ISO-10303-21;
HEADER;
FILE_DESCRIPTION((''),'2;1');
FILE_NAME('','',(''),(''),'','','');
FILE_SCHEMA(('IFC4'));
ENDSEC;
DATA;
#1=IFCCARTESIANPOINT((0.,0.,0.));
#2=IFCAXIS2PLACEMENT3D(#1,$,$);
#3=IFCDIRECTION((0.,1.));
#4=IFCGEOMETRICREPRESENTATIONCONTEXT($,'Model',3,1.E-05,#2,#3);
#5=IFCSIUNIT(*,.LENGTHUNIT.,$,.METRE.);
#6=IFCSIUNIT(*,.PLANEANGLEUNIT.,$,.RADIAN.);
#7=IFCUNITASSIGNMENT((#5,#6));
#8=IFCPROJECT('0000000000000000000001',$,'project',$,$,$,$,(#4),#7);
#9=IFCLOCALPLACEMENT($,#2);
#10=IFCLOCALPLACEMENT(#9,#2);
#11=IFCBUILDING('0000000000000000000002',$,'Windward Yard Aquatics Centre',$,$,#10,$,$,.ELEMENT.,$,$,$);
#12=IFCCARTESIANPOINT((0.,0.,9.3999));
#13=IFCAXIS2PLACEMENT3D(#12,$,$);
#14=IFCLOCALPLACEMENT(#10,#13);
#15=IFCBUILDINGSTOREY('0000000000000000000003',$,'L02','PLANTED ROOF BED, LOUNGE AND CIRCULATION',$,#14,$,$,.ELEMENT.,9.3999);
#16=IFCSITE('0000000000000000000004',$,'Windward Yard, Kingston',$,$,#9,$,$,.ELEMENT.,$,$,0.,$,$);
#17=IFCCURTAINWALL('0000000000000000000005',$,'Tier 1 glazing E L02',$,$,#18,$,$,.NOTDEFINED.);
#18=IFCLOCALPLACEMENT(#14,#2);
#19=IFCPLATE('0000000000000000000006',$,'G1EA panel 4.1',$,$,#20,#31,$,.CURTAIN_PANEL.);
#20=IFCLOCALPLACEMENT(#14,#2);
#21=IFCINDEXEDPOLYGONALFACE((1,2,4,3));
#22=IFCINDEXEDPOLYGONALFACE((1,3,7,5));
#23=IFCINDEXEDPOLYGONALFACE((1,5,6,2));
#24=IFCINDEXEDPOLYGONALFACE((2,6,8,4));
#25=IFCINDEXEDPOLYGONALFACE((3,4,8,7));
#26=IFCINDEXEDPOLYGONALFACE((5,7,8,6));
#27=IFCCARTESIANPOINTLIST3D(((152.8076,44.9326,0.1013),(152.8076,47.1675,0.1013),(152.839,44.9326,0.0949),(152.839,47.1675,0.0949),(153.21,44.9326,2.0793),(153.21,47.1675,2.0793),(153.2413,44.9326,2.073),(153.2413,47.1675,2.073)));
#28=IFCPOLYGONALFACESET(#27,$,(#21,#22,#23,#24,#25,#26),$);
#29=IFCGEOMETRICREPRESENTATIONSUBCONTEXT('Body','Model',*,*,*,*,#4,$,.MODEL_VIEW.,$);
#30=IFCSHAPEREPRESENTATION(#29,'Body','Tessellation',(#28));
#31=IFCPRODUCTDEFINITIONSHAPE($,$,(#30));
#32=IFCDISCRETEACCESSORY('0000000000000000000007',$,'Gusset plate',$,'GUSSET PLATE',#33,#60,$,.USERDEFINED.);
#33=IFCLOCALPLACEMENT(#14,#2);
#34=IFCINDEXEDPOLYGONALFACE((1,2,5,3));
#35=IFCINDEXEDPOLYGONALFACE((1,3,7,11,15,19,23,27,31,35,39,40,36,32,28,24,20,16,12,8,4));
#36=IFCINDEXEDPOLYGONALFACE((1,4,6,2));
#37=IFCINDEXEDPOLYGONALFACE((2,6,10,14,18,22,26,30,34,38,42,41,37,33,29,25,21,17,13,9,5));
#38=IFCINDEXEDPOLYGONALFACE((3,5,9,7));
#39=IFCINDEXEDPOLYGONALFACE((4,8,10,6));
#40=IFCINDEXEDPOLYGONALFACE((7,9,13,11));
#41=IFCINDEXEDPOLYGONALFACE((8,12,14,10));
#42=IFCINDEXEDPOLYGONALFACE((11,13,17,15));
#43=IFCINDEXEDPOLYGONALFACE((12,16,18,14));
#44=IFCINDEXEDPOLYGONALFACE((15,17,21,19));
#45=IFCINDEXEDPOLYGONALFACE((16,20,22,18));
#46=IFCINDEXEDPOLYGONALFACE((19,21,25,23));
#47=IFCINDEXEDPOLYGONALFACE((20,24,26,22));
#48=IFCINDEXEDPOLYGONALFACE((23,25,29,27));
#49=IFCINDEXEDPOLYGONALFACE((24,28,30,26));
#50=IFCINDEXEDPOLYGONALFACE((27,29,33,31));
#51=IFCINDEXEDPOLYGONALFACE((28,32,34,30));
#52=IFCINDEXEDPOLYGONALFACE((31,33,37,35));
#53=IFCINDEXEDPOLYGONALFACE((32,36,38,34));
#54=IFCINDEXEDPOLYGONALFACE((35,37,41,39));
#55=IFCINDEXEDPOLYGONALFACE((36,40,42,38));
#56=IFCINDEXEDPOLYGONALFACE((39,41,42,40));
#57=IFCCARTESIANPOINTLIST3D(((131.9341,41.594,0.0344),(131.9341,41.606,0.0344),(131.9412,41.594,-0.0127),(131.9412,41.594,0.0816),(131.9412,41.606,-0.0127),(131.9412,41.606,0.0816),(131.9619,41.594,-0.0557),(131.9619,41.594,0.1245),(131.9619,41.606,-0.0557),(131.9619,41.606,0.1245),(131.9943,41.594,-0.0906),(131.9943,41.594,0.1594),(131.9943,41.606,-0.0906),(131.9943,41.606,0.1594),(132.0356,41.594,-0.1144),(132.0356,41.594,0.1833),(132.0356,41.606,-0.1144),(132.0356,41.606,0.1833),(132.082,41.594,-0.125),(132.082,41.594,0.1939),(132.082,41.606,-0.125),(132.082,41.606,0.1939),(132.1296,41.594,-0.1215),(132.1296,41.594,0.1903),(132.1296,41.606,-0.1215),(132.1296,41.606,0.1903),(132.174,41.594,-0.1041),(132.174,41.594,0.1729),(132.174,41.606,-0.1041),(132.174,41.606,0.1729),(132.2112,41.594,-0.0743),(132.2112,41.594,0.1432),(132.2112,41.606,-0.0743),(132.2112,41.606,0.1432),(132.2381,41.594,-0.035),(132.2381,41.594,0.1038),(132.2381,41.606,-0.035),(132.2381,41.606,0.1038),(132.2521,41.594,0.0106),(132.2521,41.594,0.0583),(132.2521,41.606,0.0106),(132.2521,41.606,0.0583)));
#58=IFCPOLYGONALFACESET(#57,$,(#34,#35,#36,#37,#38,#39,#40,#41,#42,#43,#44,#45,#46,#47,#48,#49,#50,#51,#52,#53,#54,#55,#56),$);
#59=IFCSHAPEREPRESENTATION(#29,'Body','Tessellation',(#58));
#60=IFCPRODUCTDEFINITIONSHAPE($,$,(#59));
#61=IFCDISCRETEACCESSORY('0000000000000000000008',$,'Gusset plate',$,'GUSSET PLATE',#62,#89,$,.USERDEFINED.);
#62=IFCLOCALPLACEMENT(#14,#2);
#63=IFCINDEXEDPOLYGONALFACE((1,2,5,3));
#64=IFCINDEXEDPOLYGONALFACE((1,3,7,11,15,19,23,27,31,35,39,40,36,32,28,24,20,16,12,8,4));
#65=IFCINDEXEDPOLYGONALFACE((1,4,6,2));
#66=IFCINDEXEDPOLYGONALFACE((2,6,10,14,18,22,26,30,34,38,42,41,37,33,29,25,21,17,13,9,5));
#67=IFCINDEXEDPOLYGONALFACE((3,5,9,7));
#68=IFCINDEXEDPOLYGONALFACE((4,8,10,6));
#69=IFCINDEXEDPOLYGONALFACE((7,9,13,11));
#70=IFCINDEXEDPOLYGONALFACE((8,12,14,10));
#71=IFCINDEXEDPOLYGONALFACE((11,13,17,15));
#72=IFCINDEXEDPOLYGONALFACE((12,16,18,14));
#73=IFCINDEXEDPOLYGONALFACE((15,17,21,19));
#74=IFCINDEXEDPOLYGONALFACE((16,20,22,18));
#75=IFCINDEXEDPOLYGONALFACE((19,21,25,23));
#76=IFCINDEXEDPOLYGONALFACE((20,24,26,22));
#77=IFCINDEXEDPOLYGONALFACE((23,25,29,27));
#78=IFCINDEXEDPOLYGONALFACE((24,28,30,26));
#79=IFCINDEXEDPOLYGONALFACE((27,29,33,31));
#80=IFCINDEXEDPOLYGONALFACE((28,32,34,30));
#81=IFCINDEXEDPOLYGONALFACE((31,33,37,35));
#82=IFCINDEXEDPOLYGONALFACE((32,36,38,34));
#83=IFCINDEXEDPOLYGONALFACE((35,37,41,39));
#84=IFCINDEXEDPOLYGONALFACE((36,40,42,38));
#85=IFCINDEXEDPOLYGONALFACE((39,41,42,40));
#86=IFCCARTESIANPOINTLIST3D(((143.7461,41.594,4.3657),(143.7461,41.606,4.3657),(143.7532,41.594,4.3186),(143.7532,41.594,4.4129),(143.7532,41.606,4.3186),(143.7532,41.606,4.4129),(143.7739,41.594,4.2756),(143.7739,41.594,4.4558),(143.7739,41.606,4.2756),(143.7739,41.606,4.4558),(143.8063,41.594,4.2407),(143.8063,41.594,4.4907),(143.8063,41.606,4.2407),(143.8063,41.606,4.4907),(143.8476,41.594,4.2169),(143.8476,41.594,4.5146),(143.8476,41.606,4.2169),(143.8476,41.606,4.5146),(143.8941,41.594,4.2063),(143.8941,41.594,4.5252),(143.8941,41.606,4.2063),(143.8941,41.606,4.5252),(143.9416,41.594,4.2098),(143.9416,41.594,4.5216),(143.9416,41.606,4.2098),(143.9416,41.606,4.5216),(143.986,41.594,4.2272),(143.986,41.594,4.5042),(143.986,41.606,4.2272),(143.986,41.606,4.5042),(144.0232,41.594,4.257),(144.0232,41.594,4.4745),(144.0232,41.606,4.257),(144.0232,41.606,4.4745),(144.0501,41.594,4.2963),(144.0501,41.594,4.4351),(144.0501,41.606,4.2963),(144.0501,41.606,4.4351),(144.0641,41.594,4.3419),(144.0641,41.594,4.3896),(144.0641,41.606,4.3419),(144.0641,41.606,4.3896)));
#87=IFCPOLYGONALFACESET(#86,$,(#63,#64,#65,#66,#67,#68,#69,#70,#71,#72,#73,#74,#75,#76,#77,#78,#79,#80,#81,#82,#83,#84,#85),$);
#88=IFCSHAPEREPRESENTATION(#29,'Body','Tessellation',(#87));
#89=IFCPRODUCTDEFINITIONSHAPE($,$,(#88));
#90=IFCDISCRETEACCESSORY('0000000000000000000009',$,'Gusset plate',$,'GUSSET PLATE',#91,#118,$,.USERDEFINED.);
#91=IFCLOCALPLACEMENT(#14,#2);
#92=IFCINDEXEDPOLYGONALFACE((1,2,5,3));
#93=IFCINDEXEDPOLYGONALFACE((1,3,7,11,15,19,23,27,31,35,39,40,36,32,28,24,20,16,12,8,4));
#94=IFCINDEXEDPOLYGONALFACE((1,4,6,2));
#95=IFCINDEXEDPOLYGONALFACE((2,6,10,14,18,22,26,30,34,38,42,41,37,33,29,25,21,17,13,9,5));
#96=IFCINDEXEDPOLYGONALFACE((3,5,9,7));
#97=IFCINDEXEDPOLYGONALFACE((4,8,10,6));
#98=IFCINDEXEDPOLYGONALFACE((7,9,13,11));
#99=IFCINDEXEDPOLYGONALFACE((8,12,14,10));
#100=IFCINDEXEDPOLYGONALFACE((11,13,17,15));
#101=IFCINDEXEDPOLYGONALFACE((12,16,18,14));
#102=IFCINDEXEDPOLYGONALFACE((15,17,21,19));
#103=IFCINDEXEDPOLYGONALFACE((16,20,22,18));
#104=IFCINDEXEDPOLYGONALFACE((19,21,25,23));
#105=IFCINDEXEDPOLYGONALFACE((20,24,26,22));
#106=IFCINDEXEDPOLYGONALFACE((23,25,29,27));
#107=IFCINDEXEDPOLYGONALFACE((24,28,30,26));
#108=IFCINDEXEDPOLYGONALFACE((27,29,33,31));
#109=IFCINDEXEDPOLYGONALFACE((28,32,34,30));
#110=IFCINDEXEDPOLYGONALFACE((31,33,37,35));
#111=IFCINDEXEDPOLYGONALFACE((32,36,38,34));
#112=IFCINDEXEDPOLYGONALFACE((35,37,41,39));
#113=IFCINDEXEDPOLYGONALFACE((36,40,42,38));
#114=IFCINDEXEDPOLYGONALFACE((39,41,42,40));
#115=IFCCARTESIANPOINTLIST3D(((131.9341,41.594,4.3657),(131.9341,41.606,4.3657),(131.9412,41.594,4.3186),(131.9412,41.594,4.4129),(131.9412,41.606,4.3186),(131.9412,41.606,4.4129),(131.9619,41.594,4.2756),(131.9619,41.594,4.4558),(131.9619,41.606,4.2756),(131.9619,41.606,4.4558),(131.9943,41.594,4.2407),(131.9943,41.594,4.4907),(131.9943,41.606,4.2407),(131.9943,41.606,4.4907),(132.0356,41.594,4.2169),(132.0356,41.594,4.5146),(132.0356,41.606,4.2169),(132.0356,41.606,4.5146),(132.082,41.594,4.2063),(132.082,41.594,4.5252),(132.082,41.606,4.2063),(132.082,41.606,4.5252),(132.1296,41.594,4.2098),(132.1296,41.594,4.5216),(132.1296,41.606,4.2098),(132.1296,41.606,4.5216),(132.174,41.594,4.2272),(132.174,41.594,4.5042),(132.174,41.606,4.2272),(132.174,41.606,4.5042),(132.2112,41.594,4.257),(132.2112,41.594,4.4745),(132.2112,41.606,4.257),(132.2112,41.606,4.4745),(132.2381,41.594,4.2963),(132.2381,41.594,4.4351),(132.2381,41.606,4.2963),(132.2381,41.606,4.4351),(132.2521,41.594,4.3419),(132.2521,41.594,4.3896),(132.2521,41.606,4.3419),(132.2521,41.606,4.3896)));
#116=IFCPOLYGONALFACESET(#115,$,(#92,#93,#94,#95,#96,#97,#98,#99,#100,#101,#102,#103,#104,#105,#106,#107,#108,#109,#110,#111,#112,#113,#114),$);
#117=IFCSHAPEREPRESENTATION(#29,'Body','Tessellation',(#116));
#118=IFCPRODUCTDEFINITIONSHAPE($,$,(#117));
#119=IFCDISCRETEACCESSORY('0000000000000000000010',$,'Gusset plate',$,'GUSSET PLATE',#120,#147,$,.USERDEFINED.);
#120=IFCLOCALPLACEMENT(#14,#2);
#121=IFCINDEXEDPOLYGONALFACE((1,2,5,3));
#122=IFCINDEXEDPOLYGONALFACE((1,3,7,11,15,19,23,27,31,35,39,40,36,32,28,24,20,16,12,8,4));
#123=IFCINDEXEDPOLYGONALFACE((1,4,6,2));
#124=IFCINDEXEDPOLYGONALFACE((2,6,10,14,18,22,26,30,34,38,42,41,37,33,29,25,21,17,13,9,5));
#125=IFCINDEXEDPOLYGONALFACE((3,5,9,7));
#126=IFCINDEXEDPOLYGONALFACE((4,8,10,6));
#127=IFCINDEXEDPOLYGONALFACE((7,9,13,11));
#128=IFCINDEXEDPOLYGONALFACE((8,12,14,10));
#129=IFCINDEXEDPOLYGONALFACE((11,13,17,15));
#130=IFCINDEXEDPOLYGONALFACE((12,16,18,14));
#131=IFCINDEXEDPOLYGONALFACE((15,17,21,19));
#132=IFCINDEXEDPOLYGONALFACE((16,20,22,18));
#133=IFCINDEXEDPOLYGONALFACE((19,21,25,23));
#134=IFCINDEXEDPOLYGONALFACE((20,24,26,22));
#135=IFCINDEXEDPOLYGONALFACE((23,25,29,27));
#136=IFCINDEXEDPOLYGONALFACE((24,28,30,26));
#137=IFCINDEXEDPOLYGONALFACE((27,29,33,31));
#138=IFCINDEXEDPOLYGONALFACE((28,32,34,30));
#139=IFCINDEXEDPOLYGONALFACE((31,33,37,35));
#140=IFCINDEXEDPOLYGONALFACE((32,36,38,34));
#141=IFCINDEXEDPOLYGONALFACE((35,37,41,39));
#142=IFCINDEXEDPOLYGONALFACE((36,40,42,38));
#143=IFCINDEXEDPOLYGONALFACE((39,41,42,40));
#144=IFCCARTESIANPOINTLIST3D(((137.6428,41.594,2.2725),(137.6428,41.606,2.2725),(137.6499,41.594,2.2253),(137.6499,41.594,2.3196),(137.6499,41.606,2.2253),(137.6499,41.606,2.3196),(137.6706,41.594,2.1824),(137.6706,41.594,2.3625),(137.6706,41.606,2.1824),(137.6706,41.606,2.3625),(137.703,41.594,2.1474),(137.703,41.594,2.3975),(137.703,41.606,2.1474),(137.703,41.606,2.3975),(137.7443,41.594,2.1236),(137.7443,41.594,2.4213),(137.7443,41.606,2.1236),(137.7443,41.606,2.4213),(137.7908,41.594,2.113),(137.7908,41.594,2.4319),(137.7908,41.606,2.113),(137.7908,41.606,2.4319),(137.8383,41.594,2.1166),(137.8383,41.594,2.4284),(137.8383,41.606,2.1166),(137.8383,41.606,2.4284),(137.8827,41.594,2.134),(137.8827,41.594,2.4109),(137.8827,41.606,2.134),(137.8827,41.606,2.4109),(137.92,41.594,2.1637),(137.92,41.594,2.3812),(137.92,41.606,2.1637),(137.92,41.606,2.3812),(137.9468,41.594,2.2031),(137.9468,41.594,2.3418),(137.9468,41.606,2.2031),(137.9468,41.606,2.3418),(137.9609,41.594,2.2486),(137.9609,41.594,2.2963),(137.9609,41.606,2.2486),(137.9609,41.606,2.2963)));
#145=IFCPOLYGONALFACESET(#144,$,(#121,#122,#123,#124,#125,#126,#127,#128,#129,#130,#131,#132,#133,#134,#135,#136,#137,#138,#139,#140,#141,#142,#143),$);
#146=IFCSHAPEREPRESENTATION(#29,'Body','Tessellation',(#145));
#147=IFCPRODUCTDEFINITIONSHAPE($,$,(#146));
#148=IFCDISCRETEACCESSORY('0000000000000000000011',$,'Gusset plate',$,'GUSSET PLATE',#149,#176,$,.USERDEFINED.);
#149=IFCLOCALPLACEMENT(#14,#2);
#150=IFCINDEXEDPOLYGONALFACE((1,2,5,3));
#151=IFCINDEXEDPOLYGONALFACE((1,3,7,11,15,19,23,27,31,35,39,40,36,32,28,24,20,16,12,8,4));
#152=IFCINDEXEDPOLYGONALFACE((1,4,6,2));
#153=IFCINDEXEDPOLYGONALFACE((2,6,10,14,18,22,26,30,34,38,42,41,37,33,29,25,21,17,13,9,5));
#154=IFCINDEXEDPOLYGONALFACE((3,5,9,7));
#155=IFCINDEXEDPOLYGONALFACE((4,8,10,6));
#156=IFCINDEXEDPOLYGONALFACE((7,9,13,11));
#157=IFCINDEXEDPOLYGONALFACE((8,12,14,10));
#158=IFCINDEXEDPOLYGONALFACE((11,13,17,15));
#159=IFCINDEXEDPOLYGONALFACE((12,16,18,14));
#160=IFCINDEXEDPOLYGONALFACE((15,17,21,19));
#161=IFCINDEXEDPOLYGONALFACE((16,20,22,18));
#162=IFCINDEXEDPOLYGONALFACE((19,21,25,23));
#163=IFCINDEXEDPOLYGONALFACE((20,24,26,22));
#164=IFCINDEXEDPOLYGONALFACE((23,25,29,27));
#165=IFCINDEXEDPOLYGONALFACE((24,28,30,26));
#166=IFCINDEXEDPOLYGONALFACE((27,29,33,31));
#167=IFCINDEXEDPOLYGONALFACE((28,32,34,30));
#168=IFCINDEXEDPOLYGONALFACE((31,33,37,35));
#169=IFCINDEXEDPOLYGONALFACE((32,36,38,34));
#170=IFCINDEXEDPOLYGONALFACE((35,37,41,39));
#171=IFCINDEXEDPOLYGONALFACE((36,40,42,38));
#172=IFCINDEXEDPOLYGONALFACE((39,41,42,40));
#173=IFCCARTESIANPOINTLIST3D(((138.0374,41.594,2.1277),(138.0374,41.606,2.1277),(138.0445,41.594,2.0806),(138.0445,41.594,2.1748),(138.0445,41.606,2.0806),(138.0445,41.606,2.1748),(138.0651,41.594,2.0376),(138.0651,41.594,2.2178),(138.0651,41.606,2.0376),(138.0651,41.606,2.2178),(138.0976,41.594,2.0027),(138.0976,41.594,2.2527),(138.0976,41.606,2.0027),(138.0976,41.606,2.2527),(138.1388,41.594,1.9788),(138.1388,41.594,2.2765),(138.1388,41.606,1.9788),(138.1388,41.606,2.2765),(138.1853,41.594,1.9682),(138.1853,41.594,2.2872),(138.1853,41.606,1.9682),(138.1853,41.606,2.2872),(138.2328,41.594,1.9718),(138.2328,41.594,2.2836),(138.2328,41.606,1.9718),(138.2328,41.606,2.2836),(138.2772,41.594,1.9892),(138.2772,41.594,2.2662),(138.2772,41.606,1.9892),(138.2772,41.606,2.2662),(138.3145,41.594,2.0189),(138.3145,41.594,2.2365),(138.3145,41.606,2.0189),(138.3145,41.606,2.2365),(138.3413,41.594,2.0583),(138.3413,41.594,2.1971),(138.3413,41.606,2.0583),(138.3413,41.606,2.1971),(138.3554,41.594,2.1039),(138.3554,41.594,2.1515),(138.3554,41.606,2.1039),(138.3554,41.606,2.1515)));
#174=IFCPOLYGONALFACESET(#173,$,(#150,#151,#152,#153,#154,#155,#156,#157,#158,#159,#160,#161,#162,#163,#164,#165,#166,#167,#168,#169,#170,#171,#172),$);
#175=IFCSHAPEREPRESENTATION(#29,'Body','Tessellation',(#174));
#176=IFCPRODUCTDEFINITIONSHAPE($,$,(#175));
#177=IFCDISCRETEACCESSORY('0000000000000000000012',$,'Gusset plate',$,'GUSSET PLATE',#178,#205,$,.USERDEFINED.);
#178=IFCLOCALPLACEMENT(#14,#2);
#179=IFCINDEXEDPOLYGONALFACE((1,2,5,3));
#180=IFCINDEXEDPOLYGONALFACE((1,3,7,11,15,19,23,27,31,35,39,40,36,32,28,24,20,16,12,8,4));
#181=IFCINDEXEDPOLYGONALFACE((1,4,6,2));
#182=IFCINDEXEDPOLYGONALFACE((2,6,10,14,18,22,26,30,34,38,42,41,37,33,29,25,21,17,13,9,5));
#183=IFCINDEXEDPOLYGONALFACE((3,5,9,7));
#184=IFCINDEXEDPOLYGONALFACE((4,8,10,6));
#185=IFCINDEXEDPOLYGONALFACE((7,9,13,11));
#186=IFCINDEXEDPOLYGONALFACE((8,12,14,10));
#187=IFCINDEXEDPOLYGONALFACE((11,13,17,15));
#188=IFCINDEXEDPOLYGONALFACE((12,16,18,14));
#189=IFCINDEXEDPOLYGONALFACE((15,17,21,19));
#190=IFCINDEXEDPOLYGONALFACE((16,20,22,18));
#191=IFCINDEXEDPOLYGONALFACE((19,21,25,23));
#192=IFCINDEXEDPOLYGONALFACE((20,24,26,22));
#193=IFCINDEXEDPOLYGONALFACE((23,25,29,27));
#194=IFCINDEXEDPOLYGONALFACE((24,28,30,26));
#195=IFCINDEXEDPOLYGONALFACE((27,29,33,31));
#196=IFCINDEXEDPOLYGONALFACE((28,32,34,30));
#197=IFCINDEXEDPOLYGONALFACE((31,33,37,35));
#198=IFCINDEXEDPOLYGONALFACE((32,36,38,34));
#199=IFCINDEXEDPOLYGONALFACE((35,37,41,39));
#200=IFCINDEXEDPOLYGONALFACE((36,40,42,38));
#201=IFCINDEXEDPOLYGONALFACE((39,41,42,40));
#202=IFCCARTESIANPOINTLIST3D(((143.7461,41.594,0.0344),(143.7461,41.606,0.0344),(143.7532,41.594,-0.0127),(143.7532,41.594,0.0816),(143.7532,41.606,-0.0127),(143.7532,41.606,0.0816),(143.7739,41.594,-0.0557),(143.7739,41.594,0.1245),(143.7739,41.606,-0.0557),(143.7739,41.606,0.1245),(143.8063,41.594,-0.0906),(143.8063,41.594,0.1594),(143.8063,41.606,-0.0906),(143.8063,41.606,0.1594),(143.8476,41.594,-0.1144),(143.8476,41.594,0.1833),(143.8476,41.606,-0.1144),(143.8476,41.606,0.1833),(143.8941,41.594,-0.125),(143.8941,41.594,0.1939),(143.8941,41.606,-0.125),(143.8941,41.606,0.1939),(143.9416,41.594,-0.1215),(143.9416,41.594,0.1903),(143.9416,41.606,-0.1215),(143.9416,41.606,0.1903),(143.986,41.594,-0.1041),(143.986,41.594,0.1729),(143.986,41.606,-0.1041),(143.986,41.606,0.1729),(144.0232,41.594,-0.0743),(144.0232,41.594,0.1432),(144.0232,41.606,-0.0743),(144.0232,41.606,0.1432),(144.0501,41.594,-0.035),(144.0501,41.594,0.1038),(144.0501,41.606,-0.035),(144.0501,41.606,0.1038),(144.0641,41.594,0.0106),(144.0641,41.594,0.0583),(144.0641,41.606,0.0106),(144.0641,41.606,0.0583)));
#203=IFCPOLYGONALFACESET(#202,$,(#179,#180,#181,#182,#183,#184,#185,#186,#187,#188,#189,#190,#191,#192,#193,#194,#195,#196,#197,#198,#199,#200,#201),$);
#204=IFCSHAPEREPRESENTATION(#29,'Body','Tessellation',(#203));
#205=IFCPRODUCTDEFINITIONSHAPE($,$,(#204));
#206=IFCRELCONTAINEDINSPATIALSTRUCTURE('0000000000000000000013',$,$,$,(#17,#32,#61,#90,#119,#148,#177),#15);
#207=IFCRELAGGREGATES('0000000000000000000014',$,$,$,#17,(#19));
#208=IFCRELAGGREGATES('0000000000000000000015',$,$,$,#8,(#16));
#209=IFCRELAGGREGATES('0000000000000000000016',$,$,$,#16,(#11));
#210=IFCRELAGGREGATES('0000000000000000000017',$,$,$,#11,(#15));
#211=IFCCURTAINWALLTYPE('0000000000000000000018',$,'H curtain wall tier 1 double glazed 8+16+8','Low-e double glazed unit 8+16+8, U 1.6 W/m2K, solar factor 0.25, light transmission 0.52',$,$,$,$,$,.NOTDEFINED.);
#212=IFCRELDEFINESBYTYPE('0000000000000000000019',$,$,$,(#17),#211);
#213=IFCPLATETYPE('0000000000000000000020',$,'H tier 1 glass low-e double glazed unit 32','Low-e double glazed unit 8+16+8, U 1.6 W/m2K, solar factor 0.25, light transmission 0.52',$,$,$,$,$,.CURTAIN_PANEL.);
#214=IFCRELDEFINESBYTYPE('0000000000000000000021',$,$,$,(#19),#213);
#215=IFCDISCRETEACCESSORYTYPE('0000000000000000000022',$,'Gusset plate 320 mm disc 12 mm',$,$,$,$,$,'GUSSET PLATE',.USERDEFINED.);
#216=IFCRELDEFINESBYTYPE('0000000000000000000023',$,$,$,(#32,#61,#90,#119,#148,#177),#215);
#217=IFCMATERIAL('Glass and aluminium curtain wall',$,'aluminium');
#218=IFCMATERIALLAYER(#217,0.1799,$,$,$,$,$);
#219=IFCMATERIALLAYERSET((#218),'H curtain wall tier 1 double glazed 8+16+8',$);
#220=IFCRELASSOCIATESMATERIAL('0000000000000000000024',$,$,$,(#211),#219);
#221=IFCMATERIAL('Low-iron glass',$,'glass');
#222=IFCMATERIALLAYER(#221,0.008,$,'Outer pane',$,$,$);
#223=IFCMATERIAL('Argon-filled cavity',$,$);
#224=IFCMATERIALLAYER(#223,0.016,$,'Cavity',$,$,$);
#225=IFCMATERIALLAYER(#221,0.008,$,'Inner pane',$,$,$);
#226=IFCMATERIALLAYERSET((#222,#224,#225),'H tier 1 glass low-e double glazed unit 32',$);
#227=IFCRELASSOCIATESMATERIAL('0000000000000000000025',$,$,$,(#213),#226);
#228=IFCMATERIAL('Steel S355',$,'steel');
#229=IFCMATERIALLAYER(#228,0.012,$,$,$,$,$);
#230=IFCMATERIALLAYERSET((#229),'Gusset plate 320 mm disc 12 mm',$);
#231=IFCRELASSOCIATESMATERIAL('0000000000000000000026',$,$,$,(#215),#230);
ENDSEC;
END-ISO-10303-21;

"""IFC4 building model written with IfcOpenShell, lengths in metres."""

from ifc_helpers import new_model, si_unit, direction, frame, origin, origin_2d, place, context, subcontext, project, spatial, polyline, circle, outline, extrude, material, layer, layer_set, type_object, element, aggregate, save


model = new_model("IFC4")

# Units and contexts
model_context = context("Model", 3, precision=1e-05, world=origin(), true_north=direction((0.0, 1.0)))
body_context = subcontext(model_context, "Body", "Model", "MODEL_VIEW")
ifc_project = project(units=[si_unit("LENGTHUNIT", "METRE"), si_unit("PLANEANGLEUNIT", "RADIAN")], contexts=[model_context])

# Site, building, storey
site_placement = place(None, origin())
site = spatial("IfcSite", under=ifc_project, at=site_placement, Name="Windward Yard, Kingston", CompositionType="ELEMENT", RefElevation=0.0)
building_placement = place(site_placement, origin())
building = spatial("IfcBuilding", under=site, at=building_placement, Name="Windward Yard Aquatics Centre", CompositionType="ELEMENT")
storey_placement = place(building_placement, frame((0.0, 0.0, 9.3999)))
storey = spatial("IfcBuildingStorey", under=building, at=storey_placement, Name="L02", Description="PLANTED ROOF BED, LOUNGE AND CIRCULATION", CompositionType="ELEMENT", Elevation=9.3999)

# Curtain wall
ifc_material_1 = material(Name="Glass and aluminium curtain wall", Category="aluminium")
ifc_layer_1 = layer(ifc_material_1, 0.1799)
ifc_layer_set_1 = layer_set([ifc_layer_1], Name="H curtain wall tier 1 double glazed 8+16+8")
curtain_wall_type = type_object("IfcCurtainWallType", Name="H curtain wall tier 1 double glazed 8+16+8", Description="Low-e double glazed unit 8+16+8, U 1.6 W/m2K, solar factor 0.25, light transmission 0.52", PredefinedType="NOTDEFINED", material=ifc_layer_set_1)
curtain_wall_placement = place(storey_placement, origin())
curtain_wall = element("IfcCurtainWall", 1, at=curtain_wall_placement, inside=storey, type_object=curtain_wall_type, Name="Tier 1 glazing E L02", PredefinedType="NOTDEFINED")

# Plate
ifc_material_2 = material(Name="Low-iron glass", Category="glass")
ifc_layer_2 = layer(ifc_material_2, 0.008, Name="Outer pane")
ifc_material_3 = material(Name="Argon-filled cavity")
ifc_layer_3 = layer(ifc_material_3, 0.016, Name="Cavity")
ifc_layer_4 = layer(ifc_material_2, 0.008, Name="Inner pane")
ifc_layer_set_2 = layer_set([ifc_layer_2, ifc_layer_3, ifc_layer_4], Name="H tier 1 glass low-e double glazed unit 32")
plate_type = type_object("IfcPlateType", Name="H tier 1 glass low-e double glazed unit 32", Description="Low-e double glazed unit 8+16+8, U 1.6 W/m2K, solar factor 0.25, light transmission 0.52", PredefinedType="CURTAIN_PANEL", material=ifc_layer_set_2)
plate_1_placement = place(storey_placement, frame((152.8076, 44.9326, 0.1013), z_axis=(-0.979933, 0.0, 0.199325), x_axis=(0.0, 1.0, 0.0)))
plate_1 = element("IfcPlate", 2, at=plate_1_placement, type_object=plate_type, Name="G1EA panel 4.1", PredefinedType="CURTAIN_PANEL", context=body_context, shape_type="SweptSolid", body=[
    extrude(outline(polyline([(0.0, 0.0), (2.2349, 0.0), (2.2349, -2.0185), (0.0, -2.0185), (0.0, 0.0)])), origin(), (0.0, 0.0, -1.0), 0.032),
])
aggregate(curtain_wall, [plate_1])

# Discrete accessories
ifc_material_4 = material(Name="Steel S355", Category="steel")
ifc_layer_5 = layer(ifc_material_4, 0.012)
ifc_layer_set_3 = layer_set([ifc_layer_5], Name="Gusset plate 320 mm disc 12 mm")
discrete_accessory_type = type_object("IfcDiscreteAccessoryType", Name="Gusset plate 320 mm disc 12 mm", ElementType="GUSSET PLATE", PredefinedType="USERDEFINED", material=ifc_layer_set_3)
for number, where, z_axis, x_axis, name in (
    (3, (132.094, 41.594, 0.0344), (0.0, 1.0, 0.0), (-1.0, 0.0, 0.0), "Gusset plate"),
    (4, (143.906, 41.594, 4.3657), (0.0, 1.0, 0.0), (-1.0, 0.0, 0.0), "Gusset plate"),
    (5, (132.094, 41.594, 4.3657), (0.0, 1.0, 0.0), (-1.0, 0.0, 0.0), "Gusset plate"),
    (6, (137.8027, 41.594, 2.2725), (0.0, 1.0, 0.0), (-1.0, 0.0, 0.0), "Gusset plate"),
    (7, (138.1973, 41.594, 2.1277), (0.0, 1.0, 0.0), (-1.0, 0.0, 0.0), "Gusset plate"),
    (8, (143.906, 41.594, 0.0344), (0.0, 1.0, 0.0), (-1.0, 0.0, 0.0), "Gusset plate"),
):
    element("IfcDiscreteAccessory", number, at=place(storey_placement, frame(where, z_axis=z_axis, x_axis=x_axis)), inside=storey, type_object=discrete_accessory_type, Name=name, ObjectType="GUSSET PLATE", PredefinedType="USERDEFINED", context=body_context, shape_type="SweptSolid", body=[
        extrude(circle(Radius=0.1599, at=origin_2d()), origin(), (0.0, 0.0, 1.0), 0.012),
    ])

save(model, "model.ifc")
